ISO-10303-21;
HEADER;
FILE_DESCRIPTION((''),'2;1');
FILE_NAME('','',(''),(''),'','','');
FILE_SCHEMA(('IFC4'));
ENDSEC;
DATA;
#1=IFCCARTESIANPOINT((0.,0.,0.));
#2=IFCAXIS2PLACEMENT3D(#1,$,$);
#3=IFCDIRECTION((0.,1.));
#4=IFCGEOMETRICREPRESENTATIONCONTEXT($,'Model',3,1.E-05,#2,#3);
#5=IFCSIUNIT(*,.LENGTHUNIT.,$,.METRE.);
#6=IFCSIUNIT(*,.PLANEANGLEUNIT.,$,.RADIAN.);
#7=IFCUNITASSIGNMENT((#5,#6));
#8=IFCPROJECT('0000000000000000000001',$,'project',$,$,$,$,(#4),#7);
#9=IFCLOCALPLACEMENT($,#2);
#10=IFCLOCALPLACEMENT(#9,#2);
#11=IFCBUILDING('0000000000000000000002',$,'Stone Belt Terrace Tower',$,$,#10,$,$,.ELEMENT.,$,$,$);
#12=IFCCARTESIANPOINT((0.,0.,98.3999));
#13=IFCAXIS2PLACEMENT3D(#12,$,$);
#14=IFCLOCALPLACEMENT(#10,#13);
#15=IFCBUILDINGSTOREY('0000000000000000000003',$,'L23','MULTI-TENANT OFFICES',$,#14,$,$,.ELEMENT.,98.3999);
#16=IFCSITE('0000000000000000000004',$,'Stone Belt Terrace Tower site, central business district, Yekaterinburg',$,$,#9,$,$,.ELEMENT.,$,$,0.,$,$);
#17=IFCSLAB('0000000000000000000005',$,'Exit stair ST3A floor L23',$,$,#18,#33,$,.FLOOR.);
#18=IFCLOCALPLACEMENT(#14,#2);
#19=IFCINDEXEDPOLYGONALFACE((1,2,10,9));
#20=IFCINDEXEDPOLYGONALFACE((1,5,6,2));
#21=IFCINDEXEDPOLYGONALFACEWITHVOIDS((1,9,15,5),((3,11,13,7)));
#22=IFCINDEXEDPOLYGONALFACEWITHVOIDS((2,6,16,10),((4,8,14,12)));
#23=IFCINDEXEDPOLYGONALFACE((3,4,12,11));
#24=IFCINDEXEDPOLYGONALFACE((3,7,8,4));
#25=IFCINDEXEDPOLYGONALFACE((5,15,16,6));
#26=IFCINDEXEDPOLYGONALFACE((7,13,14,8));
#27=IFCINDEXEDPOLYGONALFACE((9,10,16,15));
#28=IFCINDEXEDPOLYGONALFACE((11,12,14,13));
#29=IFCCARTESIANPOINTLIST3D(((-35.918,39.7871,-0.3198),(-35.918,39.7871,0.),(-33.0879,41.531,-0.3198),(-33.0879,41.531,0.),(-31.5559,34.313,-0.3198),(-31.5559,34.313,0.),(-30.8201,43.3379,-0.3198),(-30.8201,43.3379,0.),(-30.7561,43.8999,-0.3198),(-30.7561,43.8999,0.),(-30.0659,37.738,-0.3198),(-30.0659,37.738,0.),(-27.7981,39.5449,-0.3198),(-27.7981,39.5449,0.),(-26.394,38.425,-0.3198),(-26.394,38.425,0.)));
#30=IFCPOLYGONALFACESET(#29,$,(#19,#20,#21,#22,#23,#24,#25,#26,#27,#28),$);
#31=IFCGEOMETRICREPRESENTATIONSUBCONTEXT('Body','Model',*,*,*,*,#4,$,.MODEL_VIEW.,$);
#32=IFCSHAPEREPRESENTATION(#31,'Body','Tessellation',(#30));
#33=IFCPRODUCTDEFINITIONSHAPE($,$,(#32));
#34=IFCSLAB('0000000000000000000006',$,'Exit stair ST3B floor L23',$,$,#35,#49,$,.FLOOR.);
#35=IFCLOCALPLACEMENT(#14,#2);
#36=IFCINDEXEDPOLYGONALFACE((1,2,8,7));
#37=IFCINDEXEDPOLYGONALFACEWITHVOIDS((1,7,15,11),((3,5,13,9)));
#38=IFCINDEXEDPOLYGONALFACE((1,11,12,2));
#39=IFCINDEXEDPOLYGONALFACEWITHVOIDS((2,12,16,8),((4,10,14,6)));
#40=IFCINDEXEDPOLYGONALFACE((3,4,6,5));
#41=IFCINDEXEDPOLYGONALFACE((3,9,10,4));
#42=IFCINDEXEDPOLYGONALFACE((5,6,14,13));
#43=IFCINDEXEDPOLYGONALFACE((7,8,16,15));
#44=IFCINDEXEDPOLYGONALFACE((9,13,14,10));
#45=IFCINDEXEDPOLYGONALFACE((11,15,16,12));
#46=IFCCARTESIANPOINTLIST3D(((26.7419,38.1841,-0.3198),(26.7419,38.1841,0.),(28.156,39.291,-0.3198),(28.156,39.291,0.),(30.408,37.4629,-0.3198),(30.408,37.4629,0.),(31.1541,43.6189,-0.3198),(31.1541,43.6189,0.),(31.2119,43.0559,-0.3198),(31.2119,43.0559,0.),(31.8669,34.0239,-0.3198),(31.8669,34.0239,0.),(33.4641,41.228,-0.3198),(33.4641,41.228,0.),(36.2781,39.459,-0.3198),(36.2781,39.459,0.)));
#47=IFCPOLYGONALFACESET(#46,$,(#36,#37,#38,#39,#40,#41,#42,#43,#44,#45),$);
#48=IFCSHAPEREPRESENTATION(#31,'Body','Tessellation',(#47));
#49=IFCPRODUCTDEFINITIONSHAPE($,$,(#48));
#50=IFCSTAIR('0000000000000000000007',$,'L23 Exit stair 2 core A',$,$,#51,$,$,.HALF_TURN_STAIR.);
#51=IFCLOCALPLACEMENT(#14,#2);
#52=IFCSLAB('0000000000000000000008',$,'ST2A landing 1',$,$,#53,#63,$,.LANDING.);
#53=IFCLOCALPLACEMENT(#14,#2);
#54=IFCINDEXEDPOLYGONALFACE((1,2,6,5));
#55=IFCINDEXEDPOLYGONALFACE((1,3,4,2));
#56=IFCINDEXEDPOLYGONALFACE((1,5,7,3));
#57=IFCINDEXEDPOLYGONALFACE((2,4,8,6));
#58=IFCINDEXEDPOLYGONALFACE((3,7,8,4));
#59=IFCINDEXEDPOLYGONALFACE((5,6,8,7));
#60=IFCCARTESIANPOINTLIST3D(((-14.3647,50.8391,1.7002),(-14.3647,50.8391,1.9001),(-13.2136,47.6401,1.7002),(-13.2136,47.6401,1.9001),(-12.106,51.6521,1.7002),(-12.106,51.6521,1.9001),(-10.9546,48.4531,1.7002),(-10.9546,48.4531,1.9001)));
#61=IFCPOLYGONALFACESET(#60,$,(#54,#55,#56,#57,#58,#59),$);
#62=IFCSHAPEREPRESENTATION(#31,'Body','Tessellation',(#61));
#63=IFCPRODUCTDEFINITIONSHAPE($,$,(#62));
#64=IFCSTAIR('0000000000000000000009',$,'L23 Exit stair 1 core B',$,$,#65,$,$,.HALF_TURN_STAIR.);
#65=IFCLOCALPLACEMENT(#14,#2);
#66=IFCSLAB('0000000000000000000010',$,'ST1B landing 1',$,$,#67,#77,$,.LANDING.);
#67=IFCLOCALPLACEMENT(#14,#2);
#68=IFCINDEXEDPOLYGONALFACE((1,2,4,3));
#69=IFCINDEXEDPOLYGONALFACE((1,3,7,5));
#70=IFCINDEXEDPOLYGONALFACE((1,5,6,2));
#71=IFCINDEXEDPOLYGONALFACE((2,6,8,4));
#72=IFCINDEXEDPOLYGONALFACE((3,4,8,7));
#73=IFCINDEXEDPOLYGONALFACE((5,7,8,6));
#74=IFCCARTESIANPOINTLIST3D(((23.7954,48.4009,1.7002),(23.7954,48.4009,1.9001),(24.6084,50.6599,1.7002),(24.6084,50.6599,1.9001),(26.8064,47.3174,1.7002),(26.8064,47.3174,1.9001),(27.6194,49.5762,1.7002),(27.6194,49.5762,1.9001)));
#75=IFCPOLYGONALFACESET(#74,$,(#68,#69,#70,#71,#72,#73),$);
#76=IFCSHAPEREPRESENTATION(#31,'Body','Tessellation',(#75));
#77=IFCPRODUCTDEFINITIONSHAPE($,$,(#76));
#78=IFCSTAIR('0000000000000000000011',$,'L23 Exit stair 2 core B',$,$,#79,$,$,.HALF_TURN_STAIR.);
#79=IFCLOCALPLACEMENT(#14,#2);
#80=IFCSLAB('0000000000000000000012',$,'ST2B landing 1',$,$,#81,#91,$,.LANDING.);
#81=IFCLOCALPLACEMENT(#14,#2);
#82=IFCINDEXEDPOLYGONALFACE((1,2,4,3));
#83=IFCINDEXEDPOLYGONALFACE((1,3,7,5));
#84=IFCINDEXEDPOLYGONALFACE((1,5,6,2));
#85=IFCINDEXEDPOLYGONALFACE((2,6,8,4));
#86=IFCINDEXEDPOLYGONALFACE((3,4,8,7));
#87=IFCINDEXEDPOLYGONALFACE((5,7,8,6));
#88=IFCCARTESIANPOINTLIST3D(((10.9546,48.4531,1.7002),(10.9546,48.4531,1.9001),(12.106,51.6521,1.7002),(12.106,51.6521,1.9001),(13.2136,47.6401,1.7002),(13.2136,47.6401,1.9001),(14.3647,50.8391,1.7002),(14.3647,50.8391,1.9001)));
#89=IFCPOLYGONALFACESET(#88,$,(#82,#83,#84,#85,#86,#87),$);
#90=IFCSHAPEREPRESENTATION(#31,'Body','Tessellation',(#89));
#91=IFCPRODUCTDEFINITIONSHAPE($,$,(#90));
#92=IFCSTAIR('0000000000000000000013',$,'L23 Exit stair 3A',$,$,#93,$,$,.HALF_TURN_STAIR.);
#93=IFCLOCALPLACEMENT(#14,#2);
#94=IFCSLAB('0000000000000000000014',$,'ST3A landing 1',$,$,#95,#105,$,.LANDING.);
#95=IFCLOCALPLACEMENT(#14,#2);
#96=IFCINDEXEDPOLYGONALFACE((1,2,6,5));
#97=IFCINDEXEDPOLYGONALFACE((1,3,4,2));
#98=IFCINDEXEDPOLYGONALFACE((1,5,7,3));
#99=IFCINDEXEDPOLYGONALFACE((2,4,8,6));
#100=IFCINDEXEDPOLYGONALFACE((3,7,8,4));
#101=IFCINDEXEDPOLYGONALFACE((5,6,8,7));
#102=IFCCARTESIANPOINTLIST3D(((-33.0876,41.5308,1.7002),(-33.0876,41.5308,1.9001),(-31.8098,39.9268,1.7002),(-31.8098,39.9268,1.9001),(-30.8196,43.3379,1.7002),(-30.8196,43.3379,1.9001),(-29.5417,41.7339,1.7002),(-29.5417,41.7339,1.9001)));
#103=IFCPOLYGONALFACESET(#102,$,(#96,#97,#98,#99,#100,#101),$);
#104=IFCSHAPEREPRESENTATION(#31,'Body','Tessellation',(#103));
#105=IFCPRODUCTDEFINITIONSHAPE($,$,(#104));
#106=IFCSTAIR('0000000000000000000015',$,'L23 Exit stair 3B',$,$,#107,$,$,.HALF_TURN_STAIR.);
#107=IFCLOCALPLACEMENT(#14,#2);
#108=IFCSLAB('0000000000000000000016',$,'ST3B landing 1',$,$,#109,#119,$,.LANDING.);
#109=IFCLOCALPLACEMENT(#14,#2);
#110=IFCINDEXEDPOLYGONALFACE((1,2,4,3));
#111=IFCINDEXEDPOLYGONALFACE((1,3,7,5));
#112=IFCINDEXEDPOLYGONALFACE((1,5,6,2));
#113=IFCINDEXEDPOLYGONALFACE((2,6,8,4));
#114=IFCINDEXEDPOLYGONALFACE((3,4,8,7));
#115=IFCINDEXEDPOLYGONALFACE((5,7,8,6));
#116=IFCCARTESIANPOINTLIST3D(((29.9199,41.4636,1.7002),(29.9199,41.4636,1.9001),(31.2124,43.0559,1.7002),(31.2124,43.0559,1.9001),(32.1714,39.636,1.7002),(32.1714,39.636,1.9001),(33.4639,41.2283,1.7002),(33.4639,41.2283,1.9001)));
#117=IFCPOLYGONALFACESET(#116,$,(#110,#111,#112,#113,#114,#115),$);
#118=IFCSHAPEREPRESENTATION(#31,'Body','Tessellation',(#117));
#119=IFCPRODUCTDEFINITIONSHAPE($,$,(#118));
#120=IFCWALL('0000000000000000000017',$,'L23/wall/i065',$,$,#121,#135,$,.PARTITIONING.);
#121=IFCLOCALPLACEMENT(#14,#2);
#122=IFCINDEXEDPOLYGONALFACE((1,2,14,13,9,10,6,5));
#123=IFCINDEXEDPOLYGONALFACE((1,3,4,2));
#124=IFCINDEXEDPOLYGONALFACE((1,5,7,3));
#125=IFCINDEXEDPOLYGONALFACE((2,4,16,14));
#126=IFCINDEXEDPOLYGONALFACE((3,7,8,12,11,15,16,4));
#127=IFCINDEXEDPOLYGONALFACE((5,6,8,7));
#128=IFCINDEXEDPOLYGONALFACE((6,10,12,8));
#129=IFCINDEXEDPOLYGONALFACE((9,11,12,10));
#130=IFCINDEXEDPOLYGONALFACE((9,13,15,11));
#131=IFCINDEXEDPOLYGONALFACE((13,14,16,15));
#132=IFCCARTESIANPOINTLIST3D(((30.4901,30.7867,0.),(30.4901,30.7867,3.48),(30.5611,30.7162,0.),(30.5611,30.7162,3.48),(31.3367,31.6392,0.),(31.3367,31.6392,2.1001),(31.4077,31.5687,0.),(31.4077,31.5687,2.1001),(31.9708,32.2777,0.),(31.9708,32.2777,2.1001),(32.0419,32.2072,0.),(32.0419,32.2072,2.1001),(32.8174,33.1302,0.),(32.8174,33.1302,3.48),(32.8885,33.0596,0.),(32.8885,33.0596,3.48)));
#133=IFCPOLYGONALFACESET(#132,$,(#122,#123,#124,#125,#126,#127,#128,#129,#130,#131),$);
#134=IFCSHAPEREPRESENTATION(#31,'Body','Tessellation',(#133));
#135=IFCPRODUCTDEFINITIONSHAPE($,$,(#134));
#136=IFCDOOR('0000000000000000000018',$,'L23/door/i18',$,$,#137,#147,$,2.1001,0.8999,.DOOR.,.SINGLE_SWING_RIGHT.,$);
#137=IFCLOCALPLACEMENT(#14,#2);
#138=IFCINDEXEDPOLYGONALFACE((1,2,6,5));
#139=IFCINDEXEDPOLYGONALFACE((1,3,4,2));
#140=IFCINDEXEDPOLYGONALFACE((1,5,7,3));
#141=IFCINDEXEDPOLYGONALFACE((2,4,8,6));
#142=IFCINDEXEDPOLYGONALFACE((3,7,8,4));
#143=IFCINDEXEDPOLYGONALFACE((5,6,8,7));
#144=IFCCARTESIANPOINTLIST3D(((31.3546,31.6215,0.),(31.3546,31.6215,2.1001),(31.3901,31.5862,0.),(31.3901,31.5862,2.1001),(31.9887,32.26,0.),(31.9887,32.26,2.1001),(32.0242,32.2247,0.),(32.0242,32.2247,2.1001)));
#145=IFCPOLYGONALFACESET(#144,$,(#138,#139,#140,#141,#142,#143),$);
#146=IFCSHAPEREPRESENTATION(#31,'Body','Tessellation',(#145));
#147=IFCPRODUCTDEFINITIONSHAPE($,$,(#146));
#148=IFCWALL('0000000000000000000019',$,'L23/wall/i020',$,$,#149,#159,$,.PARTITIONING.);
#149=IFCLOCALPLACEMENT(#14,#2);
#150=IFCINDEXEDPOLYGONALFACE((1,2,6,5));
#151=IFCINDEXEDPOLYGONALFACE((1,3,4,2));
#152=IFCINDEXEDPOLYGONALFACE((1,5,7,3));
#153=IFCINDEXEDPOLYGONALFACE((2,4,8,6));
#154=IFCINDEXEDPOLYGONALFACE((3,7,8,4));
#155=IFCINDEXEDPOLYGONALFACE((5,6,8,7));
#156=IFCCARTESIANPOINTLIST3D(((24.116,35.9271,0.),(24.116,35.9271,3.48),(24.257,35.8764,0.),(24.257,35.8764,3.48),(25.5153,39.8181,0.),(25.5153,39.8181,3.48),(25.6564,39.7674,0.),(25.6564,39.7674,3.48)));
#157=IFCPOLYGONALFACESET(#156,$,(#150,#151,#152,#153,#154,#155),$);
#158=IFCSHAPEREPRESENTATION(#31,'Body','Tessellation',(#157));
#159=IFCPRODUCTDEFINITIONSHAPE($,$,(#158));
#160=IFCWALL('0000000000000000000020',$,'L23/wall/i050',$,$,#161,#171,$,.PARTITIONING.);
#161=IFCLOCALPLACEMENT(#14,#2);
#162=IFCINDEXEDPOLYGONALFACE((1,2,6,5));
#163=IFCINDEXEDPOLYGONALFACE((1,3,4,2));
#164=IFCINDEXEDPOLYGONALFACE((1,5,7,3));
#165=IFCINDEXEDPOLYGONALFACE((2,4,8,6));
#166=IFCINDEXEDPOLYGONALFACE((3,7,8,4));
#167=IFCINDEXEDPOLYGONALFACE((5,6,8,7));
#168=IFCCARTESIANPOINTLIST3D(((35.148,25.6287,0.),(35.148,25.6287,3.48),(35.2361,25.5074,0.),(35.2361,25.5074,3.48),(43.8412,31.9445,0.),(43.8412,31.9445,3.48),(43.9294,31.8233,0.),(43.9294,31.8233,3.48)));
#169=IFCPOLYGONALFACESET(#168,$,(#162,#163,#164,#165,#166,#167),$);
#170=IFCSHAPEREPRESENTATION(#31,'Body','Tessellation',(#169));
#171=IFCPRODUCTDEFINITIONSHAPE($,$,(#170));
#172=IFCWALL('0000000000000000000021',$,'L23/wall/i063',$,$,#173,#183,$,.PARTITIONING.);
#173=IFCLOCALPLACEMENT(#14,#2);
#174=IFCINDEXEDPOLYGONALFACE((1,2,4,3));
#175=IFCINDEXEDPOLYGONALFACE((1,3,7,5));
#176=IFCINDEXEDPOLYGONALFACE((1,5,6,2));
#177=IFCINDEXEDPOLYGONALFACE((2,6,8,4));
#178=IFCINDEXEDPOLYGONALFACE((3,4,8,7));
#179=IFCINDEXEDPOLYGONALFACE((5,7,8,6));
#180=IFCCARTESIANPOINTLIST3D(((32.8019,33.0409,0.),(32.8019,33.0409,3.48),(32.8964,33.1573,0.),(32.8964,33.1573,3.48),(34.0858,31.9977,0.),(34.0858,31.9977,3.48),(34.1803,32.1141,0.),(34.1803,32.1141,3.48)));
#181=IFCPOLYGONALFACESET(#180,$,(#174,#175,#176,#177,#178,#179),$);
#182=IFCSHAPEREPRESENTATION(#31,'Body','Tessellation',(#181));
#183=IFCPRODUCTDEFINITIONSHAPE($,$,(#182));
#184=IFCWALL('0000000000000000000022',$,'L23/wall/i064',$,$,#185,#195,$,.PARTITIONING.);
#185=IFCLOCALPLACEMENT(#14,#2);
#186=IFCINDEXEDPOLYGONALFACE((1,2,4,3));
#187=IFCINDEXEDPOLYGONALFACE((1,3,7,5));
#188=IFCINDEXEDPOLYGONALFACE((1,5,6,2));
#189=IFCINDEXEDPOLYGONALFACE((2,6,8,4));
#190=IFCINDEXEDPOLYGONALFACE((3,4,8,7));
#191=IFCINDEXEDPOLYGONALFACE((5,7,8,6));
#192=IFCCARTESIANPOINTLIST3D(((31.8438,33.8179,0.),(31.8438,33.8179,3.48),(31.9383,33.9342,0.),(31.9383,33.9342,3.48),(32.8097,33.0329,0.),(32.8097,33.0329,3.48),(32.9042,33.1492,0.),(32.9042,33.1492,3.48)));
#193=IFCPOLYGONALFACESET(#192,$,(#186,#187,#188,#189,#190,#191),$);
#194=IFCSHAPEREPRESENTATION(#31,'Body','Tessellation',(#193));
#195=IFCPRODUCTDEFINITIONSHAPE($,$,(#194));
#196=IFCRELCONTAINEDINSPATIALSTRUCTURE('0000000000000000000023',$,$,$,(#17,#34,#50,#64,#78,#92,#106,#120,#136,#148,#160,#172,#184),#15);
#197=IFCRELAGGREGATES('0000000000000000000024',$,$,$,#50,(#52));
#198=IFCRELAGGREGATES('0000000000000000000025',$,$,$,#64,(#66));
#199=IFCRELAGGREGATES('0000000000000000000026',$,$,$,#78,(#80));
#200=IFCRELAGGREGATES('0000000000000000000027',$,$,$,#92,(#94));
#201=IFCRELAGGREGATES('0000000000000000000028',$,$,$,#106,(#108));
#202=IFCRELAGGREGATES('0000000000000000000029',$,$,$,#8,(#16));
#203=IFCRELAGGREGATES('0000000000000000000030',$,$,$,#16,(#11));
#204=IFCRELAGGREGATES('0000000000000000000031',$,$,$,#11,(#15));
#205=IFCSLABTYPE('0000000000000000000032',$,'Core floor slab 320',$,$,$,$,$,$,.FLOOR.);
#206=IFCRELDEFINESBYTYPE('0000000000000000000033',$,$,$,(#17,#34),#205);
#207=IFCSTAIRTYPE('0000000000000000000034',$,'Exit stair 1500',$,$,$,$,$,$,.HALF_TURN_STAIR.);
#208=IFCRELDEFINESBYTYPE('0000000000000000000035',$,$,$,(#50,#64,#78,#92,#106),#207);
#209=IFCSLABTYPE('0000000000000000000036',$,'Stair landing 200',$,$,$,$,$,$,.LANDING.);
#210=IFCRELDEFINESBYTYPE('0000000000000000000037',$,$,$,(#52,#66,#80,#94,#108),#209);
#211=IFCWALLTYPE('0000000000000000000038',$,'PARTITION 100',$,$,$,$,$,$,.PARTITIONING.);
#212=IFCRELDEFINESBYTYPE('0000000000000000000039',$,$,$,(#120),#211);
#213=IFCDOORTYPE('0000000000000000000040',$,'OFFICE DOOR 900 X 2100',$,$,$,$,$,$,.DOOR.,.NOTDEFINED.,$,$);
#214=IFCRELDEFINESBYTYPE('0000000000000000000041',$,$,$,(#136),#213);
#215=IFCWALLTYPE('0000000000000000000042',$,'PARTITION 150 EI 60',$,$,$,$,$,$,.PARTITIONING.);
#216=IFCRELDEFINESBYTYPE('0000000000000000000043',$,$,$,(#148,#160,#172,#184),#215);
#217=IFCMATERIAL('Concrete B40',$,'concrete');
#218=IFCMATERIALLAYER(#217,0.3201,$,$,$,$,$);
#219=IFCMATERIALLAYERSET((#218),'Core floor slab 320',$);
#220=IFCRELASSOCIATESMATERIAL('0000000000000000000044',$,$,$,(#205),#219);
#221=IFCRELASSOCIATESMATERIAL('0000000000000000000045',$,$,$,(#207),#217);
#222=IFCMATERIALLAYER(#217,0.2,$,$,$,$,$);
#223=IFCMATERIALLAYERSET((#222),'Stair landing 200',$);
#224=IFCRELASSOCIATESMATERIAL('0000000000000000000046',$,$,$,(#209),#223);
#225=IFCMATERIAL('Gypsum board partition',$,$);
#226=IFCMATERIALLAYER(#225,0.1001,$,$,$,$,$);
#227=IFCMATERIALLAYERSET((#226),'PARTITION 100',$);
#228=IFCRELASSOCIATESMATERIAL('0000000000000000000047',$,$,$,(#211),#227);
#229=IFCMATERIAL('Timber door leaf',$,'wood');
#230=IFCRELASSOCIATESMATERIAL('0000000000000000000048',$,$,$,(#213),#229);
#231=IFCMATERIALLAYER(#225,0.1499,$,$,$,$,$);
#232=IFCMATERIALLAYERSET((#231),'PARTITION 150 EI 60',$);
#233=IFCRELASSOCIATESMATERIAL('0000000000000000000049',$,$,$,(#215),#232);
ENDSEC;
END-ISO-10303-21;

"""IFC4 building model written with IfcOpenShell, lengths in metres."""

from ifc_helpers import new_model, si_unit, direction, frame, frame_2d, origin, place, context, subcontext, project, spatial, polyline, rectangle, outline, extrude, material, layer, layer_set, type_object, element, fill, aggregate, save


model = new_model("IFC4")

# Units and contexts
model_context = context("Model", 3, precision=1e-05, world=origin(), true_north=direction((0.0, 1.0)))
body_context = subcontext(model_context, "Body", "Model", "MODEL_VIEW")
ifc_project = project(units=[si_unit("LENGTHUNIT", "METRE"), si_unit("PLANEANGLEUNIT", "RADIAN")], contexts=[model_context])

# Site, building, storey
site_placement = place(None, origin())
site = spatial("IfcSite", under=ifc_project, at=site_placement, Name="Stone Belt Terrace Tower site, central business district, Yekaterinburg", CompositionType="ELEMENT", RefElevation=0.0)
building_placement = place(site_placement, origin())
building = spatial("IfcBuilding", under=site, at=building_placement, Name="Stone Belt Terrace Tower", CompositionType="ELEMENT")
storey_placement = place(building_placement, frame((0.0, 0.0, 98.3999)))
storey = spatial("IfcBuildingStorey", under=building, at=storey_placement, Name="L23", Description="MULTI-TENANT OFFICES", CompositionType="ELEMENT", Elevation=98.3999)

# Slabs
ifc_material_1 = material(Name="Concrete B40", Category="concrete")
ifc_layer_1 = layer(ifc_material_1, 0.3201)
ifc_layer_set_1 = layer_set([ifc_layer_1], Name="Core floor slab 320")
slab_type_1 = type_object("IfcSlabType", Name="Core floor slab 320", PredefinedType="FLOOR", material=ifc_layer_set_1)
slab_1_placement = place(storey_placement, frame((0.0, 0.0, -0.3198)))
element("IfcSlab", 1, at=slab_1_placement, inside=storey, type_object=slab_type_1, Name="Exit stair ST3A floor L23", PredefinedType="FLOOR", context=body_context, shape_type="SweptSolid", body=[
    extrude(outline(polyline([(-26.394, 38.425), (-30.7561, 43.8999), (-35.918, 39.7871), (-31.5559, 34.313), (-26.394, 38.425)]), holes=[polyline([(-27.7981, 39.5449), (-30.0659, 37.738), (-33.0879, 41.531), (-30.8201, 43.3379), (-27.7981, 39.5449)])]), origin(), (0.0, 0.0, 1.0), 0.3198),
])
slab_2_placement = place(storey_placement, frame((0.0, 0.0, -0.3198)))
element("IfcSlab", 2, at=slab_2_placement, inside=storey, type_object=slab_type_1, Name="Exit stair ST3B floor L23", PredefinedType="FLOOR", context=body_context, shape_type="SweptSolid", body=[
    extrude(outline(polyline([(26.7419, 38.1841), (31.8669, 34.0239), (36.2781, 39.459), (31.1541, 43.6189), (26.7419, 38.1841)]), holes=[polyline([(30.408, 37.4629), (28.156, 39.291), (31.2119, 43.0559), (33.4641, 41.228), (30.408, 37.4629)])]), origin(), (0.0, 0.0, 1.0), 0.3198),
])

# Stairs, slabs
stair_type = type_object("IfcStairType", Name="Exit stair 1500", PredefinedType="HALF_TURN_STAIR", material=ifc_material_1)
stair_1_placement = place(storey_placement, origin())
stair_1 = element("IfcStair", 3, at=stair_1_placement, inside=storey, type_object=stair_type, Name="L23 Exit stair 2 core A", PredefinedType="HALF_TURN_STAIR")
ifc_layer_2 = layer(ifc_material_1, 0.2)
ifc_layer_set_2 = layer_set([ifc_layer_2], Name="Stair landing 200")
slab_type_2 = type_object("IfcSlabType", Name="Stair landing 200", PredefinedType="LANDING", material=ifc_layer_set_2)
slab_3_placement = place(storey_placement, frame((0.0, 0.0, 1.7002)))
slab_3 = element("IfcSlab", 4, at=slab_3_placement, type_object=slab_type_2, Name="ST2A landing 1", PredefinedType="LANDING", context=body_context, shape_type="SweptSolid", body=[
    extrude(outline(polyline([(-13.2136, 47.6401), (-10.9546, 48.4531), (-12.106, 51.6521), (-14.3647, 50.8391), (-13.2136, 47.6401)])), origin(), (0.0, 0.0, 1.0), 0.2),
])
aggregate(stair_1, [slab_3])
stair_2_placement = place(storey_placement, origin())
stair_2 = element("IfcStair", 5, at=stair_2_placement, inside=storey, type_object=stair_type, Name="L23 Exit stair 1 core B", PredefinedType="HALF_TURN_STAIR")
slab_4_placement = place(storey_placement, frame((0.0, 0.0, 1.7002)))
slab_4 = element("IfcSlab", 6, at=slab_4_placement, type_object=slab_type_2, Name="ST1B landing 1", PredefinedType="LANDING", context=body_context, shape_type="SweptSolid", body=[
    extrude(outline(polyline([(26.8064, 47.3174), (27.6194, 49.5762), (24.6084, 50.6599), (23.7954, 48.4009), (26.8064, 47.3174)])), origin(), (0.0, 0.0, 1.0), 0.2),
])
aggregate(stair_2, [slab_4])
stair_3_placement = place(storey_placement, origin())
stair_3 = element("IfcStair", 7, at=stair_3_placement, inside=storey, type_object=stair_type, Name="L23 Exit stair 2 core B", PredefinedType="HALF_TURN_STAIR")
slab_5_placement = place(storey_placement, frame((0.0, 0.0, 1.7002)))
slab_5 = element("IfcSlab", 8, at=slab_5_placement, type_object=slab_type_2, Name="ST2B landing 1", PredefinedType="LANDING", context=body_context, shape_type="SweptSolid", body=[
    extrude(outline(polyline([(14.3647, 50.8391), (12.106, 51.6521), (10.9546, 48.4531), (13.2136, 47.6401), (14.3647, 50.8391)])), origin(), (0.0, 0.0, 1.0), 0.2),
])
aggregate(stair_3, [slab_5])
stair_4_placement = place(storey_placement, origin())
stair_4 = element("IfcStair", 9, at=stair_4_placement, inside=storey, type_object=stair_type, Name="L23 Exit stair 3A", PredefinedType="HALF_TURN_STAIR")
slab_6_placement = place(storey_placement, frame((0.0, 0.0, 1.7002)))
slab_6 = element("IfcSlab", 10, at=slab_6_placement, type_object=slab_type_2, Name="ST3A landing 1", PredefinedType="LANDING", context=body_context, shape_type="SweptSolid", body=[
    extrude(outline(polyline([(-29.5417, 41.7339), (-30.8196, 43.3379), (-33.0876, 41.5308), (-31.8098, 39.9268), (-29.5417, 41.7339)])), origin(), (0.0, 0.0, 1.0), 0.2),
])
aggregate(stair_4, [slab_6])
stair_5_placement = place(storey_placement, origin())
stair_5 = element("IfcStair", 11, at=stair_5_placement, inside=storey, type_object=stair_type, Name="L23 Exit stair 3B", PredefinedType="HALF_TURN_STAIR")
slab_7_placement = place(storey_placement, frame((0.0, 0.0, 1.7002)))
slab_7 = element("IfcSlab", 12, at=slab_7_placement, type_object=slab_type_2, Name="ST3B landing 1", PredefinedType="LANDING", context=body_context, shape_type="SweptSolid", body=[
    extrude(outline(polyline([(32.1714, 39.636), (33.4639, 41.2283), (31.2124, 43.0559), (29.9199, 41.4636), (32.1714, 39.636)])), origin(), (0.0, 0.0, 1.0), 0.2),
])
aggregate(stair_5, [slab_7])

# Wall, opening, door
ifc_material_2 = material(Name="Gypsum board partition")
ifc_layer_3 = layer(ifc_material_2, 0.1001)
ifc_layer_set_3 = layer_set([ifc_layer_3], Name="PARTITION 100")
wall_type_1 = type_object("IfcWallType", Name="PARTITION 100", PredefinedType="PARTITIONING", material=ifc_layer_set_3)
wall_1_placement = place(storey_placement, frame((30.5256, 30.7515, 0.0), z_axis=(0.0, 0.0, 1.0), x_axis=(0.704663, 0.709542, 0.0)))
wall_1 = element("IfcWall", 13, at=wall_1_placement, inside=storey, type_object=wall_type_1, Name="L23/wall/i065", PredefinedType="PARTITIONING", context=body_context, shape_type="SweptSolid", body=[
    extrude(rectangle(XDim=3.3027, YDim=0.1001, at=frame_2d((1.6514, 0.0))), origin(), (0.0, 0.0, 1.0), 3.48),
])
opening_1_placement = place(wall_1_placement, frame((1.2014, 0.0, 0.0)))
opening_1 = element("IfcOpeningElement", 14, at=opening_1_placement, cuts=wall_1, PredefinedType="OPENING", context=body_context, shape_type="SweptSolid", body=[
    extrude(rectangle(XDim=0.8999, YDim=2.1001, at=frame_2d((0.45, 1.05))), frame((0.0, 0.0601, 0.0), z_axis=(0.0, -1.0, 0.0), x_axis=(1.0, 0.0, 0.0)), (0.0, 0.0, 1.0), 0.1201),
])
ifc_material_3 = material(Name="Timber door leaf", Category="wood")
door_type_1 = type_object("IfcDoorType", Name="OFFICE DOOR 900 X 2100", OperationType="NOTDEFINED", PredefinedType="DOOR", material=ifc_material_3)
door_1_placement = place(opening_1_placement, origin())
door_1 = element("IfcDoor", 15, at=door_1_placement, inside=storey, type_object=door_type_1, Name="L23/door/i18", OperationType="SINGLE_SWING_RIGHT", OverallHeight=2.1001, OverallWidth=0.8999, PredefinedType="DOOR", context=body_context, shape_type="SweptSolid", body=[
    extrude(rectangle(XDim=0.8999, YDim=2.1001, at=frame_2d((0.45, 1.05))), frame((0.0, 0.0249, 0.0), z_axis=(0.0, -1.0, 0.0), x_axis=(1.0, 0.0, 0.0)), (0.0, 0.0, 1.0), 0.05),
])
fill(opening_1, door_1)

# Walls
ifc_layer_4 = layer(ifc_material_2, 0.1499)
ifc_layer_set_4 = layer_set([ifc_layer_4], Name="PARTITION 150 EI 60")
wall_type_2 = type_object("IfcWallType", Name="PARTITION 150 EI 60", PredefinedType="PARTITIONING", material=ifc_layer_set_4)
wall_2_placement = place(storey_placement, frame((24.1865, 35.9019, 0.0), z_axis=(0.0, 0.0, 1.0), x_axis=(0.338423, 0.940994, 0.0)))
element("IfcWall", 16, at=wall_2_placement, inside=storey, type_object=wall_type_2, Name="L23/wall/i020", PredefinedType="PARTITIONING", context=body_context, shape_type="SweptSolid", body=[
    extrude(rectangle(XDim=4.135, YDim=0.1499, at=frame_2d((2.0674, 0.0))), origin(), (0.0, 0.0, 1.0), 3.48),
])
wall_3_placement = place(storey_placement, frame((35.1921, 25.5681, 0.0), z_axis=(0.0, 0.0, 1.0), x_axis=(0.809025, 0.587774, 0.0)))
element("IfcWall", 17, at=wall_3_placement, inside=storey, type_object=wall_type_2, Name="L23/wall/i050", PredefinedType="PARTITIONING", context=body_context, shape_type="SweptSolid", body=[
    extrude(rectangle(XDim=10.7454, YDim=0.1499, at=frame_2d((5.3726, 0.0))), origin(), (0.0, 0.0, 1.0), 3.48),
])
wall_4_placement = place(storey_placement, frame((34.1331, 32.0559, 0.0), z_axis=(0.0, 0.0, 1.0), x_axis=(-0.776109, 0.630598, 0.0)))
element("IfcWall", 18, at=wall_4_placement, inside=storey, type_object=wall_type_2, Name="L23/wall/i063", PredefinedType="PARTITIONING", context=body_context, shape_type="SweptSolid", body=[
    extrude(rectangle(XDim=1.6543, YDim=0.1499, at=frame_2d((0.8271, 0.0))), origin(), (0.0, 0.0, 1.0), 3.48),
])
wall_5_placement = place(storey_placement, frame((32.8569, 33.0911, 0.0), z_axis=(0.0, 0.0, 1.0), x_axis=(-0.776042, 0.630681, 0.0)))
element("IfcWall", 19, at=wall_5_placement, inside=storey, type_object=wall_type_2, Name="L23/wall/i064", PredefinedType="PARTITIONING", context=body_context, shape_type="SweptSolid", body=[
    extrude(rectangle(XDim=1.2446, YDim=0.1499, at=frame_2d((0.6223, 0.0))), origin(), (0.0, 0.0, 1.0), 3.48),
])

save(model, "model.ifc")
